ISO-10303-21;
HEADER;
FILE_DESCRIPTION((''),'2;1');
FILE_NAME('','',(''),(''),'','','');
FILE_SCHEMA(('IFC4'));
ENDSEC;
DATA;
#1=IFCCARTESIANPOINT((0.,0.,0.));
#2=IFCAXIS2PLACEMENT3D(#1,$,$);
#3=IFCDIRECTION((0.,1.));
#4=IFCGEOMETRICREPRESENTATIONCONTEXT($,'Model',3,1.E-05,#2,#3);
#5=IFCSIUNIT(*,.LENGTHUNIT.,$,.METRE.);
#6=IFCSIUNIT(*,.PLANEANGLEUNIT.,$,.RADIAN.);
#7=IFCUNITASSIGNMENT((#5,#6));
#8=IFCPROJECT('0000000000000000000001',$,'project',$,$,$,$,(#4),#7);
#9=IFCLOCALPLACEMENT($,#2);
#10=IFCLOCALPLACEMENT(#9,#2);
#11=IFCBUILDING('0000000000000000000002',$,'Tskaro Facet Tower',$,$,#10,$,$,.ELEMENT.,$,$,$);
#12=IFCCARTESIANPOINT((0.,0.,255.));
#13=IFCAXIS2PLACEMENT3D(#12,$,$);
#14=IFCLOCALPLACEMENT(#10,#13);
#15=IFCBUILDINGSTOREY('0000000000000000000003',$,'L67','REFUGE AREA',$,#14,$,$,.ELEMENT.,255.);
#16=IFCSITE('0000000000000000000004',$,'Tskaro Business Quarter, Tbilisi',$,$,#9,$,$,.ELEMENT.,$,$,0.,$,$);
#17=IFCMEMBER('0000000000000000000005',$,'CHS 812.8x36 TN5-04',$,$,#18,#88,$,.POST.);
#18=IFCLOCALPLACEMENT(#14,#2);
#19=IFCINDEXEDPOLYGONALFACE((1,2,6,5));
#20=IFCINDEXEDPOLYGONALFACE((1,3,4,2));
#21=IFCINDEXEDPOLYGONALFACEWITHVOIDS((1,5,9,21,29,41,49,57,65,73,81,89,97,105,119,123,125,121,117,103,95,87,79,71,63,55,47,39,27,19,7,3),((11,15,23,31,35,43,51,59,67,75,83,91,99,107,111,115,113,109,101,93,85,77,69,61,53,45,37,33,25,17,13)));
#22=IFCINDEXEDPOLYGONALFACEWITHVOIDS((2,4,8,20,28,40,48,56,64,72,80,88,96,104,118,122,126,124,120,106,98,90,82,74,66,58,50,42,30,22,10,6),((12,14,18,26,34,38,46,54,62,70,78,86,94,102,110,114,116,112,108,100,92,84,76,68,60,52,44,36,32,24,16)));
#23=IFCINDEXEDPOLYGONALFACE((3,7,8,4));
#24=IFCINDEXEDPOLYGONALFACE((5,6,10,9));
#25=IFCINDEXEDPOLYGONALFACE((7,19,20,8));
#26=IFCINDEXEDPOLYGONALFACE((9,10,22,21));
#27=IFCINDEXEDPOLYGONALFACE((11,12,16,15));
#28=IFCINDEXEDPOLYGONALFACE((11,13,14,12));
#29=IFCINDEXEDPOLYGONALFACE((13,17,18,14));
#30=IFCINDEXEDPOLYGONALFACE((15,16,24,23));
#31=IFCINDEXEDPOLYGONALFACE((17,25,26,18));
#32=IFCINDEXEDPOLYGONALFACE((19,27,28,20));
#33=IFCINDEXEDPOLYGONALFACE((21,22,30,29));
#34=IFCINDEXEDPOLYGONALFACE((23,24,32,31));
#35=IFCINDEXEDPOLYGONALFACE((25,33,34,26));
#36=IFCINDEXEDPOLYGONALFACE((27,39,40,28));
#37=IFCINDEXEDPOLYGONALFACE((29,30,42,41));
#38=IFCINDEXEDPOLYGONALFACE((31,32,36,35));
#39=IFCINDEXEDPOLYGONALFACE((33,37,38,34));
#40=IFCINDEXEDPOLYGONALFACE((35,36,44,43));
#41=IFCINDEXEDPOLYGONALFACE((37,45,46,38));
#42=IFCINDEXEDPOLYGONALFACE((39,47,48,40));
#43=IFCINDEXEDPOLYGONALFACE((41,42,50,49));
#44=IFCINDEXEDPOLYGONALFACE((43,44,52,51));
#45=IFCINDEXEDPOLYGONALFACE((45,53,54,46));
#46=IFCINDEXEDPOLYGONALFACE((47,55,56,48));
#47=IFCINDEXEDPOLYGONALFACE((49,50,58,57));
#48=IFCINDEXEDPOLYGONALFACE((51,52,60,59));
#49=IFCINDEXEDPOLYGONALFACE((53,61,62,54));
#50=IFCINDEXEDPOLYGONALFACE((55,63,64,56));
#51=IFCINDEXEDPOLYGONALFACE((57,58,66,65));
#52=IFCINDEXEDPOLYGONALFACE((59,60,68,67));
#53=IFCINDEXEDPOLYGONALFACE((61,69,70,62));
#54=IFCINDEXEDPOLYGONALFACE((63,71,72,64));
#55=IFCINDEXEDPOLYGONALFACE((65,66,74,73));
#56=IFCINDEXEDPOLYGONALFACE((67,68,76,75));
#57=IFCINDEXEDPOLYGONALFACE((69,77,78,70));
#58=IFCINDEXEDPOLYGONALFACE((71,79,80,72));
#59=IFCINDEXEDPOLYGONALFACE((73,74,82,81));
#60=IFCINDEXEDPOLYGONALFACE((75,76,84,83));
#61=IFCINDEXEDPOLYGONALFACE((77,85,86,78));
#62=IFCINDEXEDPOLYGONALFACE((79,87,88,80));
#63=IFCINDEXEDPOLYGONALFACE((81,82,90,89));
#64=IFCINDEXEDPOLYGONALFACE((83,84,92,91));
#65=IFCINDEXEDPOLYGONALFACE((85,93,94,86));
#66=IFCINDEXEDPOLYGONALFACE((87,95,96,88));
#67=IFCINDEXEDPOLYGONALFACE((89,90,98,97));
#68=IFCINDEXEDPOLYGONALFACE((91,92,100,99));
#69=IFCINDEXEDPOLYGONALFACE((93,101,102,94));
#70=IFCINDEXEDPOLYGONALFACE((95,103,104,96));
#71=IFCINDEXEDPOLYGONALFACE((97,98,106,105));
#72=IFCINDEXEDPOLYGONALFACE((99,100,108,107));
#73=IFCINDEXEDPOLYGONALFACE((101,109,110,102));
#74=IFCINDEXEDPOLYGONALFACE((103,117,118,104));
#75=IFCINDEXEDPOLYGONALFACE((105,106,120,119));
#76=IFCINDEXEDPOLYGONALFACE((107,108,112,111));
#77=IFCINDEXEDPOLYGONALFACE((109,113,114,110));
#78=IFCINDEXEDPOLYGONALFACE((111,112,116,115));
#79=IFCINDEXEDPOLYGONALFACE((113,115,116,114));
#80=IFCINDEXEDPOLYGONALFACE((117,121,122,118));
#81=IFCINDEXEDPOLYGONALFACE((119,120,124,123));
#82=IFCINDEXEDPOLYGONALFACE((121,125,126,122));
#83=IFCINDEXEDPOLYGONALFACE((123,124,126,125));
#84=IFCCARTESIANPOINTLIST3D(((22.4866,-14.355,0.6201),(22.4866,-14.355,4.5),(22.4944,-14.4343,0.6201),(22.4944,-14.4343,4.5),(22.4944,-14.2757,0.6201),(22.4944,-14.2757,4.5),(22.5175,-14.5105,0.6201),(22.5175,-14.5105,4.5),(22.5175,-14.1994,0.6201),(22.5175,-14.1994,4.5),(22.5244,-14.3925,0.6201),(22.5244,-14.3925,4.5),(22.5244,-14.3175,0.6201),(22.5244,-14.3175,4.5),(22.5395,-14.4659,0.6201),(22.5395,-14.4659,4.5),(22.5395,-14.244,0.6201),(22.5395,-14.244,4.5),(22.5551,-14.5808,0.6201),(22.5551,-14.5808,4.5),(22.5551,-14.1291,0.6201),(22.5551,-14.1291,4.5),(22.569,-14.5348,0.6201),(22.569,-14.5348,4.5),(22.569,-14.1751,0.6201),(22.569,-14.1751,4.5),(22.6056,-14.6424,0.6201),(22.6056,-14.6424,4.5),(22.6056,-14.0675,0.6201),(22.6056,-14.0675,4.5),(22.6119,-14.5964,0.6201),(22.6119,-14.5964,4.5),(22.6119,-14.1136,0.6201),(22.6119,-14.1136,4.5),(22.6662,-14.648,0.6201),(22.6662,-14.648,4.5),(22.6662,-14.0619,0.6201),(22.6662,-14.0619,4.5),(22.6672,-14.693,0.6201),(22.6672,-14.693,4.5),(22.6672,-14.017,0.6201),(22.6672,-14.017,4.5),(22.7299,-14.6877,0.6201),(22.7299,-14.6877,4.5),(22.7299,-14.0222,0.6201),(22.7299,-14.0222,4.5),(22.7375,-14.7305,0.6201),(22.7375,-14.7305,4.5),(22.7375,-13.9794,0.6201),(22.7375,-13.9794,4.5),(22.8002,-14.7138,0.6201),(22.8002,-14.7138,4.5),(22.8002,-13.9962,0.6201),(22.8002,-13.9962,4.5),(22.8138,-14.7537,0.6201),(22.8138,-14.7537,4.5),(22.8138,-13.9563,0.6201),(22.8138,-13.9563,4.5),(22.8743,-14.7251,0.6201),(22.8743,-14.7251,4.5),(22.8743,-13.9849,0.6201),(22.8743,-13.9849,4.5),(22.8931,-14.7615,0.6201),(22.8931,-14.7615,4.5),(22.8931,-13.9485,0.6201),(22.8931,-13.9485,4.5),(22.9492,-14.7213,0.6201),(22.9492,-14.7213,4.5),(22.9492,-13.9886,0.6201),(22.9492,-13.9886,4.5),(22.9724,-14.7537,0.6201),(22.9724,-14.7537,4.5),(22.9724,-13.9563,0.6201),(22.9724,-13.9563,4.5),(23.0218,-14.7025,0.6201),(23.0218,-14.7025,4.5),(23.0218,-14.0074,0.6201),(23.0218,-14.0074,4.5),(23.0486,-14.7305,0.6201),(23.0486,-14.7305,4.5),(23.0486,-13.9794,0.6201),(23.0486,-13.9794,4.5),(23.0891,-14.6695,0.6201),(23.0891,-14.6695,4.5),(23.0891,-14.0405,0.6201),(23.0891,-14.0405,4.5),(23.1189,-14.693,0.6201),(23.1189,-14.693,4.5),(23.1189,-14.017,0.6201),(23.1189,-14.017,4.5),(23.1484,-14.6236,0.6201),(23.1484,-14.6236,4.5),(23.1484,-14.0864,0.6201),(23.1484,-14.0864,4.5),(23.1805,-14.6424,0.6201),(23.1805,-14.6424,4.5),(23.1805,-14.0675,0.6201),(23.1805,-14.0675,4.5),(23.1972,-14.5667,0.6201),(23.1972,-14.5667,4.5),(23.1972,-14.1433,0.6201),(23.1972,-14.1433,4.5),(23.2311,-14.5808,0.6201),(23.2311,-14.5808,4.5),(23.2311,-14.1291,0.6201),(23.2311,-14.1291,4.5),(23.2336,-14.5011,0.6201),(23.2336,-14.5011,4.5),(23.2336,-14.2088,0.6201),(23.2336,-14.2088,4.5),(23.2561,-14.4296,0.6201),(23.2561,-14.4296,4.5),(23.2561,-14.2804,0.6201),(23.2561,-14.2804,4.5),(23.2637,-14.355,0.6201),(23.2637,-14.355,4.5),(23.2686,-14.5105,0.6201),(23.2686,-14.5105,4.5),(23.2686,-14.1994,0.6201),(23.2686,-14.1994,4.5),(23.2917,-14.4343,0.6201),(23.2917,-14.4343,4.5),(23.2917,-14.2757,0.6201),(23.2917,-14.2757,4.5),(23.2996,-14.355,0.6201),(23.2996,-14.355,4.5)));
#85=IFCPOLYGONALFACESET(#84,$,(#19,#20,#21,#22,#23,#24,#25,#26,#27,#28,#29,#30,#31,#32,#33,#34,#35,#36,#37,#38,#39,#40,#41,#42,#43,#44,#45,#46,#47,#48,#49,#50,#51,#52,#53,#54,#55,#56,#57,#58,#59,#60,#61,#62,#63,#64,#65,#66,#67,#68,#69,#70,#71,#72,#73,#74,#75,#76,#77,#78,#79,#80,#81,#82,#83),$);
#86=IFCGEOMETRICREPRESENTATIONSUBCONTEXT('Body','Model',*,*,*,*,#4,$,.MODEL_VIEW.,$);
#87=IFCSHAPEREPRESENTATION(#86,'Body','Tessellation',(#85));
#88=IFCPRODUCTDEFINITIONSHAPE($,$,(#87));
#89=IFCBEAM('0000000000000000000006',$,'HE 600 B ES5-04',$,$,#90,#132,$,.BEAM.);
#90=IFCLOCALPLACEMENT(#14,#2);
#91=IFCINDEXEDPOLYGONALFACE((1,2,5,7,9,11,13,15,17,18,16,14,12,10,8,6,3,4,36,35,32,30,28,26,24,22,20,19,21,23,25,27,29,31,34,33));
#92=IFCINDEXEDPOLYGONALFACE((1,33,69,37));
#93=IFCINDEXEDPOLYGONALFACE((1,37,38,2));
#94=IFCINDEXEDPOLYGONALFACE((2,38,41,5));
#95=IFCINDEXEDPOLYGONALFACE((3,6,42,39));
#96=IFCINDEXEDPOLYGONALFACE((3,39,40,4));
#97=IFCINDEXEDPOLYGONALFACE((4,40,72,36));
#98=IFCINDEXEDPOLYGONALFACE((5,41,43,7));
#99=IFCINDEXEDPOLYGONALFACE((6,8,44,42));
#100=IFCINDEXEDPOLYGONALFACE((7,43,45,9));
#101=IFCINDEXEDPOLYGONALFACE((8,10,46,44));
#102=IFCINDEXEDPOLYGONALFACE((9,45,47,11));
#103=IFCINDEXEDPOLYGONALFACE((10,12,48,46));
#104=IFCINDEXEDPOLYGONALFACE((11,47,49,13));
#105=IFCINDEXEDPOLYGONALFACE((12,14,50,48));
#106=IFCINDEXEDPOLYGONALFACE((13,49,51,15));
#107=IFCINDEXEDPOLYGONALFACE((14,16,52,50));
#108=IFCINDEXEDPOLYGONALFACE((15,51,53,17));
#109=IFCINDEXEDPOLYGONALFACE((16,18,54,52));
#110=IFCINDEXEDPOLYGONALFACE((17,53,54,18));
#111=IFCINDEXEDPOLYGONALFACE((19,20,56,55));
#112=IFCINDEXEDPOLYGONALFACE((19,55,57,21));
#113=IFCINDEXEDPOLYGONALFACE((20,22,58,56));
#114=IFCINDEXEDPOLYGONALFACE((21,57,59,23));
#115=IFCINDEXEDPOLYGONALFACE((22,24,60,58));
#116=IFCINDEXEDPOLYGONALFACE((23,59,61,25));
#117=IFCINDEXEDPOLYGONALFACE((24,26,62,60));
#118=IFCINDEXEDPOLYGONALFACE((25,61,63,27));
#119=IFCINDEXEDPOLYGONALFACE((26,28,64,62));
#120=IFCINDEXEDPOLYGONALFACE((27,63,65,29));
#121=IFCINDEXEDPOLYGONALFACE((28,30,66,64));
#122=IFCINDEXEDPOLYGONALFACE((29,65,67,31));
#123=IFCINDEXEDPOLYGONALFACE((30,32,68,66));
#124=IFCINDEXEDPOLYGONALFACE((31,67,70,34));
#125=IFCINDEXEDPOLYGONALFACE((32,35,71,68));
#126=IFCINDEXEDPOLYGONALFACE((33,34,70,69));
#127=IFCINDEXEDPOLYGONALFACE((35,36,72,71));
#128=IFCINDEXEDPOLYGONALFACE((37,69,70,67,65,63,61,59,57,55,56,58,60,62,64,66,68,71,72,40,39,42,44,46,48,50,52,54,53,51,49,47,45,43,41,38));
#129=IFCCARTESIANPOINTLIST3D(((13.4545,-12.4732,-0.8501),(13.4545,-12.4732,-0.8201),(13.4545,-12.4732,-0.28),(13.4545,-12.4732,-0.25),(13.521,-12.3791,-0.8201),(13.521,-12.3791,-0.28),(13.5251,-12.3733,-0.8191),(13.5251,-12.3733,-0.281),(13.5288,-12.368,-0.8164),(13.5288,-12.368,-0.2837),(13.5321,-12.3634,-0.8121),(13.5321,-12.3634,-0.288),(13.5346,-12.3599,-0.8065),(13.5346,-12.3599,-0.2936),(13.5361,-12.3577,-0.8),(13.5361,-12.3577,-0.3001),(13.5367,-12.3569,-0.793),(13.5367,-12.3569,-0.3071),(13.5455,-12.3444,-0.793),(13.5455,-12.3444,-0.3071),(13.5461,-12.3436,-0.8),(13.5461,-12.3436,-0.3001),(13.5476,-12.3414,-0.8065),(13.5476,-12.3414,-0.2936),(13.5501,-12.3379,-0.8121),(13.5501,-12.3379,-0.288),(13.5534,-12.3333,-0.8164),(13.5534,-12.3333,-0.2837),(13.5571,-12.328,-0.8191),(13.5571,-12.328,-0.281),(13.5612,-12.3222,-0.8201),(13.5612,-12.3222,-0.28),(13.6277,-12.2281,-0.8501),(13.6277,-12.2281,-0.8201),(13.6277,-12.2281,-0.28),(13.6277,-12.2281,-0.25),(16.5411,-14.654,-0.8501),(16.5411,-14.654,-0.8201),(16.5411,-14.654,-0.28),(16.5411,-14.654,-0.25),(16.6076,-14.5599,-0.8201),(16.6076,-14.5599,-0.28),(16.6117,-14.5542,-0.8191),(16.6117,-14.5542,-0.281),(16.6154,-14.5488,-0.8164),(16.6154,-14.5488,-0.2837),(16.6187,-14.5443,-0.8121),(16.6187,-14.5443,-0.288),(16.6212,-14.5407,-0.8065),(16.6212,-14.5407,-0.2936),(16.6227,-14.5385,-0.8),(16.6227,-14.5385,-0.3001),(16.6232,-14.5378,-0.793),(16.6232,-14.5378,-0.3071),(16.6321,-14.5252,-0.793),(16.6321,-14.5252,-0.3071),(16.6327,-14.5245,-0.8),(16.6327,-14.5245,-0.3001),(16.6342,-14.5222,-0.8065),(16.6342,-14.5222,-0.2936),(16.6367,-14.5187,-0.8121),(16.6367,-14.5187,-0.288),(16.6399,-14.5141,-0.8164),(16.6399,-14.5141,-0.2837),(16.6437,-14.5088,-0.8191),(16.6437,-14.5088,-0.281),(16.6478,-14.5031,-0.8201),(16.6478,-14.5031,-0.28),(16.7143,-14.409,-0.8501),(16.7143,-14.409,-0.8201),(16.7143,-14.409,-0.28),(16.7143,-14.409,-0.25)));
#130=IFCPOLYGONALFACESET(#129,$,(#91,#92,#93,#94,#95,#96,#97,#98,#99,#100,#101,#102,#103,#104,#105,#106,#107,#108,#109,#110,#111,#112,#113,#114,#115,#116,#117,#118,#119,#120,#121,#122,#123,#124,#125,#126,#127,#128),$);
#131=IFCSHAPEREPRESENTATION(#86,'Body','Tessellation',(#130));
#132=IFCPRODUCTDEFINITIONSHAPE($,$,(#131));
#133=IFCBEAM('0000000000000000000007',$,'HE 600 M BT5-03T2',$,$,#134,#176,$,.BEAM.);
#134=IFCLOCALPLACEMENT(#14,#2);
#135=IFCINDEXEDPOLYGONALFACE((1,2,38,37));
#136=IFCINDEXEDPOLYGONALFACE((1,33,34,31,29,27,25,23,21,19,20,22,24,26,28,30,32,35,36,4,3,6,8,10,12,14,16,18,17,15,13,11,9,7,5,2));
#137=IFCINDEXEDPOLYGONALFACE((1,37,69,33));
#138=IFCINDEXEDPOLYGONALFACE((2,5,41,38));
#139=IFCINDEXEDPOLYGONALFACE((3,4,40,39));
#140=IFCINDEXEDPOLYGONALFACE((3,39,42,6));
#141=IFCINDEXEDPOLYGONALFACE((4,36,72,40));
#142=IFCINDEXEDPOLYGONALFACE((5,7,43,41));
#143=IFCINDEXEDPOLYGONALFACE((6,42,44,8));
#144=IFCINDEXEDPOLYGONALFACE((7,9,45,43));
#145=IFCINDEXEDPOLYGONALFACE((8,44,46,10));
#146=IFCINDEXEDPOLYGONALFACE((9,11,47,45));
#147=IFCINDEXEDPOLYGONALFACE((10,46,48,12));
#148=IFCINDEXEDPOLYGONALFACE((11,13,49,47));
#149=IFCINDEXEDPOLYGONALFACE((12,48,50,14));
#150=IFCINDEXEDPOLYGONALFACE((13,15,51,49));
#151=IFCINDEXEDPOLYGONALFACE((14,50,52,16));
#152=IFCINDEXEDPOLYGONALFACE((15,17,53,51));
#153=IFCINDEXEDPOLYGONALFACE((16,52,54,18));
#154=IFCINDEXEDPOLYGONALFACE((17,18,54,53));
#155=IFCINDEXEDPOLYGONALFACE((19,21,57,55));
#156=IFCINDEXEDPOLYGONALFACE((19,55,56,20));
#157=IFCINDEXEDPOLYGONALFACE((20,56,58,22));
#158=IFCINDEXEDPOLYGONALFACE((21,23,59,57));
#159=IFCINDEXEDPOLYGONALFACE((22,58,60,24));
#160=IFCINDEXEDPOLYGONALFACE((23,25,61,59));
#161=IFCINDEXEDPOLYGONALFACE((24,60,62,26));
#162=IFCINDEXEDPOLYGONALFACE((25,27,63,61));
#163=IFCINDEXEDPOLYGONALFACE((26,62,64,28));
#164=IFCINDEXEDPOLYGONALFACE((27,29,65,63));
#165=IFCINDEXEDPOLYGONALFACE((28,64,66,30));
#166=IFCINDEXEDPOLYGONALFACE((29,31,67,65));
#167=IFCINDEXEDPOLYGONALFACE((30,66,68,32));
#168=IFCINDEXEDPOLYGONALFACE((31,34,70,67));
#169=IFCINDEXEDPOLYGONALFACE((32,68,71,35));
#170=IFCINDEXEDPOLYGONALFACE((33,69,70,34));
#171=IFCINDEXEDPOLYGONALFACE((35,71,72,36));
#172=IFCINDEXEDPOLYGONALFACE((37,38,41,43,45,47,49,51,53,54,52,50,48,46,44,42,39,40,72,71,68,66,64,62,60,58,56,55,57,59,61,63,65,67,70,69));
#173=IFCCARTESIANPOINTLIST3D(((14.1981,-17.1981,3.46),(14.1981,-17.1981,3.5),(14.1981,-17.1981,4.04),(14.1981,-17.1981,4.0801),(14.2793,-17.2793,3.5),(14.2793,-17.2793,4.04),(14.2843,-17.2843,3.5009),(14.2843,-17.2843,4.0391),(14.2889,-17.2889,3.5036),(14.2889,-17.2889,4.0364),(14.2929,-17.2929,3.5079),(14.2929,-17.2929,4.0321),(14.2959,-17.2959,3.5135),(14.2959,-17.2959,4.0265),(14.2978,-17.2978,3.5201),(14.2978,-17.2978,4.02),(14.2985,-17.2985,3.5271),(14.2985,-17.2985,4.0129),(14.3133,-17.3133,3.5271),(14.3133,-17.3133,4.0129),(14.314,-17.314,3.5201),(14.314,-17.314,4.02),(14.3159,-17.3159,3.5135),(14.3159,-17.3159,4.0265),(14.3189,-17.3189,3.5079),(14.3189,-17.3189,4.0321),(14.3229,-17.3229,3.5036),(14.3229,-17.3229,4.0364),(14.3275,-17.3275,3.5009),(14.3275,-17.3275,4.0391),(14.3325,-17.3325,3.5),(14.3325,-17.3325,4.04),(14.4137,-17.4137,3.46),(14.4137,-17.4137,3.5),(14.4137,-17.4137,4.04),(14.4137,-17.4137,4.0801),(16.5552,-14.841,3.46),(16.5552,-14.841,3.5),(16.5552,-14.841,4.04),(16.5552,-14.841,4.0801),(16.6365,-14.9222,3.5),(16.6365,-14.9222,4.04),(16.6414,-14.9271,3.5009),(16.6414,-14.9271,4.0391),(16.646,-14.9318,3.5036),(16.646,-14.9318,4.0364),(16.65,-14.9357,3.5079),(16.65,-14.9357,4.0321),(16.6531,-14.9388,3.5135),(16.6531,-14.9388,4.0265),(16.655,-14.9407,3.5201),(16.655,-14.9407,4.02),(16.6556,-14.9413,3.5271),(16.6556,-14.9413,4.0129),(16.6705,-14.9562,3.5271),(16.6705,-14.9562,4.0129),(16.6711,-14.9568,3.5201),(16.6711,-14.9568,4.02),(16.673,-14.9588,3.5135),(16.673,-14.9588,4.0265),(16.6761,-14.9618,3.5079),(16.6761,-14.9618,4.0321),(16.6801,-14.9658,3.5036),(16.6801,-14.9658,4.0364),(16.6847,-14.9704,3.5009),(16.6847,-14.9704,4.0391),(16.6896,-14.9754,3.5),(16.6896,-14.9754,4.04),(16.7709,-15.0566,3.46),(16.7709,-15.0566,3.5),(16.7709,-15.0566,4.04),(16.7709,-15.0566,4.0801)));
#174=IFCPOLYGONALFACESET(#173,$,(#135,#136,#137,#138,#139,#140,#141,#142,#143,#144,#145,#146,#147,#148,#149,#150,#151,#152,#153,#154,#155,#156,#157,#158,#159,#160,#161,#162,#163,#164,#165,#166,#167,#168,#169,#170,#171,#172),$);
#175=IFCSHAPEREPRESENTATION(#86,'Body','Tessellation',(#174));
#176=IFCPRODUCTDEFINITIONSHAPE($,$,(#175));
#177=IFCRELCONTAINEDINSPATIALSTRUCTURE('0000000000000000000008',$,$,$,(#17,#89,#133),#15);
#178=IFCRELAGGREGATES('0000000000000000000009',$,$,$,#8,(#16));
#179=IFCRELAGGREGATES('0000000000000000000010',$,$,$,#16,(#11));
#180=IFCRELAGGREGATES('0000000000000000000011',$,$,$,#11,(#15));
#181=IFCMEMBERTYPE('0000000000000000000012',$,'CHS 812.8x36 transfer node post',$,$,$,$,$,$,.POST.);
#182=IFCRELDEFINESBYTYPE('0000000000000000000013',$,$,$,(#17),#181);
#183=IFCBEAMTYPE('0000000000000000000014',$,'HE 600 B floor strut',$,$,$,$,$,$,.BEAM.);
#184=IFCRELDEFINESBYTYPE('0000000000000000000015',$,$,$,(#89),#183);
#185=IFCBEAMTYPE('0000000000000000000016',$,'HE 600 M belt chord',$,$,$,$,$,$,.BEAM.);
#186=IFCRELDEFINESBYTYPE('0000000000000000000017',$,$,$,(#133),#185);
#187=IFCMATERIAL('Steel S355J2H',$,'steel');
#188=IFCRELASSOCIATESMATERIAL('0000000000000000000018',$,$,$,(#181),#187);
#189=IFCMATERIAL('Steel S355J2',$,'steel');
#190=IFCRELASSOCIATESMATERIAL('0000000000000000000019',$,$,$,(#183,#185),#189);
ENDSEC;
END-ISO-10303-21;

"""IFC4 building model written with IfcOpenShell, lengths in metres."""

from ifc_helpers import new_model, si_unit, direction, frame, origin, origin_2d, place, context, subcontext, project, spatial, hollow_circle, i_section, extrude, material, material_profile, profile_set, type_object, element, save


model = new_model("IFC4")

# Units and contexts
model_context = context("Model", 3, precision=1e-05, world=origin(), true_north=direction((0.0, 1.0)))
body_context = subcontext(model_context, "Body", "Model", "MODEL_VIEW")
ifc_project = project(units=[si_unit("LENGTHUNIT", "METRE"), si_unit("PLANEANGLEUNIT", "RADIAN")], contexts=[model_context])

# Site, building, storey
site_placement = place(None, origin())
site = spatial("IfcSite", under=ifc_project, at=site_placement, Name="Tskaro Business Quarter, Tbilisi", CompositionType="ELEMENT", RefElevation=0.0)
building_placement = place(site_placement, origin())
building = spatial("IfcBuilding", under=site, at=building_placement, Name="Tskaro Facet Tower", CompositionType="ELEMENT")
storey_placement = place(building_placement, frame((0.0, 0.0, 255.0)))
storey = spatial("IfcBuildingStorey", under=building, at=storey_placement, Name="L67", Description="REFUGE AREA", CompositionType="ELEMENT", Elevation=255.0)

# Shared definitions
ifc_material_1 = material(Name="Steel S355J2", Category="steel")
ifc_material_2 = material(Name="Steel S355J2H", Category="steel")

# Member
ifc_material_profile_1 = material_profile(ifc_material_2, hollow_circle(Radius=0.4065, WallThickness=0.0359, at=origin_2d()), Name="CHS 812.8x36")
ifc_profile_set_1 = profile_set([ifc_material_profile_1], Name="Steel S355J2H")
member_type_1 = type_object("IfcMemberType", Name="CHS 812.8x36 transfer node post", PredefinedType="POST", material=ifc_profile_set_1)
for number, where, z_axis, x_axis, name in (
    (1, (22.8931, -14.355, 0.6201), (0.0, 0.0, 1.0), (1.0, 0.0, 0.0), "CHS 812.8x36 TN5-04"),
):
    element("IfcMember", number, at=place(storey_placement, frame(where, z_axis=z_axis, x_axis=x_axis)), inside=storey, type_object=member_type_1, Name=name, PredefinedType="POST", context=body_context, shape_type="SweptSolid", body=[
        extrude(hollow_circle(Radius=0.4065, WallThickness=0.0359, at=origin_2d()), origin(), (0.0, 0.0, 1.0), 3.8799),
    ])

# Beams
ifc_material_profile_2 = material_profile(ifc_material_1, i_section(OverallWidth=0.3, OverallDepth=0.6001, WebThickness=0.0154, FlangeThickness=0.03, FilletRadius=0.0271, at=origin_2d()), Name="HE 600 B")
ifc_profile_set_2 = profile_set([ifc_material_profile_2], Name="Steel S355J2")
beam_type_1 = type_object("IfcBeamType", Name="HE 600 B floor strut", PredefinedType="BEAM", material=ifc_profile_set_2)
beam_1_placement = place(storey_placement, frame((16.6277, -14.5315, -0.55), z_axis=(-0.816708, 0.577051, 0.0), x_axis=(-0.577051, -0.816708, 0.0)))
element("IfcBeam", 2, at=beam_1_placement, inside=storey, type_object=beam_type_1, Name="HE 600 B ES5-04", PredefinedType="BEAM", context=body_context, shape_type="SweptSolid", body=[
    extrude(i_section(OverallWidth=0.3, OverallDepth=0.6001, WebThickness=0.0154, FlangeThickness=0.03, FilletRadius=0.0271, at=origin_2d()), origin(), (0.0, 0.0, 1.0), 3.7793),
])
ifc_material_profile_3 = material_profile(ifc_material_1, i_section(OverallWidth=0.3049, OverallDepth=0.6201, WebThickness=0.021, FlangeThickness=0.04, FilletRadius=0.0271, at=origin_2d()), Name="HE 600 M")
ifc_profile_set_3 = profile_set([ifc_material_profile_3], Name="Steel S355J2")
beam_type_2 = type_object("IfcBeamType", Name="HE 600 M belt chord", PredefinedType="BEAM", material=ifc_profile_set_3)
beam_2_placement = place(storey_placement, frame((14.3059, -17.3059, 3.77), z_axis=(0.707107, 0.707107, 0.0), x_axis=(-0.707107, 0.707107, 0.0)))
element("IfcBeam", 3, at=beam_2_placement, inside=storey, type_object=beam_type_2, Name="HE 600 M BT5-03T2", PredefinedType="BEAM", context=body_context, shape_type="SweptSolid", body=[
    extrude(i_section(OverallWidth=0.3049, OverallDepth=0.6201, WebThickness=0.021, FlangeThickness=0.04, FilletRadius=0.0271, at=origin_2d()), origin(), (0.0, 0.0, 1.0), 3.3335),
])

save(model, "model.ifc")
